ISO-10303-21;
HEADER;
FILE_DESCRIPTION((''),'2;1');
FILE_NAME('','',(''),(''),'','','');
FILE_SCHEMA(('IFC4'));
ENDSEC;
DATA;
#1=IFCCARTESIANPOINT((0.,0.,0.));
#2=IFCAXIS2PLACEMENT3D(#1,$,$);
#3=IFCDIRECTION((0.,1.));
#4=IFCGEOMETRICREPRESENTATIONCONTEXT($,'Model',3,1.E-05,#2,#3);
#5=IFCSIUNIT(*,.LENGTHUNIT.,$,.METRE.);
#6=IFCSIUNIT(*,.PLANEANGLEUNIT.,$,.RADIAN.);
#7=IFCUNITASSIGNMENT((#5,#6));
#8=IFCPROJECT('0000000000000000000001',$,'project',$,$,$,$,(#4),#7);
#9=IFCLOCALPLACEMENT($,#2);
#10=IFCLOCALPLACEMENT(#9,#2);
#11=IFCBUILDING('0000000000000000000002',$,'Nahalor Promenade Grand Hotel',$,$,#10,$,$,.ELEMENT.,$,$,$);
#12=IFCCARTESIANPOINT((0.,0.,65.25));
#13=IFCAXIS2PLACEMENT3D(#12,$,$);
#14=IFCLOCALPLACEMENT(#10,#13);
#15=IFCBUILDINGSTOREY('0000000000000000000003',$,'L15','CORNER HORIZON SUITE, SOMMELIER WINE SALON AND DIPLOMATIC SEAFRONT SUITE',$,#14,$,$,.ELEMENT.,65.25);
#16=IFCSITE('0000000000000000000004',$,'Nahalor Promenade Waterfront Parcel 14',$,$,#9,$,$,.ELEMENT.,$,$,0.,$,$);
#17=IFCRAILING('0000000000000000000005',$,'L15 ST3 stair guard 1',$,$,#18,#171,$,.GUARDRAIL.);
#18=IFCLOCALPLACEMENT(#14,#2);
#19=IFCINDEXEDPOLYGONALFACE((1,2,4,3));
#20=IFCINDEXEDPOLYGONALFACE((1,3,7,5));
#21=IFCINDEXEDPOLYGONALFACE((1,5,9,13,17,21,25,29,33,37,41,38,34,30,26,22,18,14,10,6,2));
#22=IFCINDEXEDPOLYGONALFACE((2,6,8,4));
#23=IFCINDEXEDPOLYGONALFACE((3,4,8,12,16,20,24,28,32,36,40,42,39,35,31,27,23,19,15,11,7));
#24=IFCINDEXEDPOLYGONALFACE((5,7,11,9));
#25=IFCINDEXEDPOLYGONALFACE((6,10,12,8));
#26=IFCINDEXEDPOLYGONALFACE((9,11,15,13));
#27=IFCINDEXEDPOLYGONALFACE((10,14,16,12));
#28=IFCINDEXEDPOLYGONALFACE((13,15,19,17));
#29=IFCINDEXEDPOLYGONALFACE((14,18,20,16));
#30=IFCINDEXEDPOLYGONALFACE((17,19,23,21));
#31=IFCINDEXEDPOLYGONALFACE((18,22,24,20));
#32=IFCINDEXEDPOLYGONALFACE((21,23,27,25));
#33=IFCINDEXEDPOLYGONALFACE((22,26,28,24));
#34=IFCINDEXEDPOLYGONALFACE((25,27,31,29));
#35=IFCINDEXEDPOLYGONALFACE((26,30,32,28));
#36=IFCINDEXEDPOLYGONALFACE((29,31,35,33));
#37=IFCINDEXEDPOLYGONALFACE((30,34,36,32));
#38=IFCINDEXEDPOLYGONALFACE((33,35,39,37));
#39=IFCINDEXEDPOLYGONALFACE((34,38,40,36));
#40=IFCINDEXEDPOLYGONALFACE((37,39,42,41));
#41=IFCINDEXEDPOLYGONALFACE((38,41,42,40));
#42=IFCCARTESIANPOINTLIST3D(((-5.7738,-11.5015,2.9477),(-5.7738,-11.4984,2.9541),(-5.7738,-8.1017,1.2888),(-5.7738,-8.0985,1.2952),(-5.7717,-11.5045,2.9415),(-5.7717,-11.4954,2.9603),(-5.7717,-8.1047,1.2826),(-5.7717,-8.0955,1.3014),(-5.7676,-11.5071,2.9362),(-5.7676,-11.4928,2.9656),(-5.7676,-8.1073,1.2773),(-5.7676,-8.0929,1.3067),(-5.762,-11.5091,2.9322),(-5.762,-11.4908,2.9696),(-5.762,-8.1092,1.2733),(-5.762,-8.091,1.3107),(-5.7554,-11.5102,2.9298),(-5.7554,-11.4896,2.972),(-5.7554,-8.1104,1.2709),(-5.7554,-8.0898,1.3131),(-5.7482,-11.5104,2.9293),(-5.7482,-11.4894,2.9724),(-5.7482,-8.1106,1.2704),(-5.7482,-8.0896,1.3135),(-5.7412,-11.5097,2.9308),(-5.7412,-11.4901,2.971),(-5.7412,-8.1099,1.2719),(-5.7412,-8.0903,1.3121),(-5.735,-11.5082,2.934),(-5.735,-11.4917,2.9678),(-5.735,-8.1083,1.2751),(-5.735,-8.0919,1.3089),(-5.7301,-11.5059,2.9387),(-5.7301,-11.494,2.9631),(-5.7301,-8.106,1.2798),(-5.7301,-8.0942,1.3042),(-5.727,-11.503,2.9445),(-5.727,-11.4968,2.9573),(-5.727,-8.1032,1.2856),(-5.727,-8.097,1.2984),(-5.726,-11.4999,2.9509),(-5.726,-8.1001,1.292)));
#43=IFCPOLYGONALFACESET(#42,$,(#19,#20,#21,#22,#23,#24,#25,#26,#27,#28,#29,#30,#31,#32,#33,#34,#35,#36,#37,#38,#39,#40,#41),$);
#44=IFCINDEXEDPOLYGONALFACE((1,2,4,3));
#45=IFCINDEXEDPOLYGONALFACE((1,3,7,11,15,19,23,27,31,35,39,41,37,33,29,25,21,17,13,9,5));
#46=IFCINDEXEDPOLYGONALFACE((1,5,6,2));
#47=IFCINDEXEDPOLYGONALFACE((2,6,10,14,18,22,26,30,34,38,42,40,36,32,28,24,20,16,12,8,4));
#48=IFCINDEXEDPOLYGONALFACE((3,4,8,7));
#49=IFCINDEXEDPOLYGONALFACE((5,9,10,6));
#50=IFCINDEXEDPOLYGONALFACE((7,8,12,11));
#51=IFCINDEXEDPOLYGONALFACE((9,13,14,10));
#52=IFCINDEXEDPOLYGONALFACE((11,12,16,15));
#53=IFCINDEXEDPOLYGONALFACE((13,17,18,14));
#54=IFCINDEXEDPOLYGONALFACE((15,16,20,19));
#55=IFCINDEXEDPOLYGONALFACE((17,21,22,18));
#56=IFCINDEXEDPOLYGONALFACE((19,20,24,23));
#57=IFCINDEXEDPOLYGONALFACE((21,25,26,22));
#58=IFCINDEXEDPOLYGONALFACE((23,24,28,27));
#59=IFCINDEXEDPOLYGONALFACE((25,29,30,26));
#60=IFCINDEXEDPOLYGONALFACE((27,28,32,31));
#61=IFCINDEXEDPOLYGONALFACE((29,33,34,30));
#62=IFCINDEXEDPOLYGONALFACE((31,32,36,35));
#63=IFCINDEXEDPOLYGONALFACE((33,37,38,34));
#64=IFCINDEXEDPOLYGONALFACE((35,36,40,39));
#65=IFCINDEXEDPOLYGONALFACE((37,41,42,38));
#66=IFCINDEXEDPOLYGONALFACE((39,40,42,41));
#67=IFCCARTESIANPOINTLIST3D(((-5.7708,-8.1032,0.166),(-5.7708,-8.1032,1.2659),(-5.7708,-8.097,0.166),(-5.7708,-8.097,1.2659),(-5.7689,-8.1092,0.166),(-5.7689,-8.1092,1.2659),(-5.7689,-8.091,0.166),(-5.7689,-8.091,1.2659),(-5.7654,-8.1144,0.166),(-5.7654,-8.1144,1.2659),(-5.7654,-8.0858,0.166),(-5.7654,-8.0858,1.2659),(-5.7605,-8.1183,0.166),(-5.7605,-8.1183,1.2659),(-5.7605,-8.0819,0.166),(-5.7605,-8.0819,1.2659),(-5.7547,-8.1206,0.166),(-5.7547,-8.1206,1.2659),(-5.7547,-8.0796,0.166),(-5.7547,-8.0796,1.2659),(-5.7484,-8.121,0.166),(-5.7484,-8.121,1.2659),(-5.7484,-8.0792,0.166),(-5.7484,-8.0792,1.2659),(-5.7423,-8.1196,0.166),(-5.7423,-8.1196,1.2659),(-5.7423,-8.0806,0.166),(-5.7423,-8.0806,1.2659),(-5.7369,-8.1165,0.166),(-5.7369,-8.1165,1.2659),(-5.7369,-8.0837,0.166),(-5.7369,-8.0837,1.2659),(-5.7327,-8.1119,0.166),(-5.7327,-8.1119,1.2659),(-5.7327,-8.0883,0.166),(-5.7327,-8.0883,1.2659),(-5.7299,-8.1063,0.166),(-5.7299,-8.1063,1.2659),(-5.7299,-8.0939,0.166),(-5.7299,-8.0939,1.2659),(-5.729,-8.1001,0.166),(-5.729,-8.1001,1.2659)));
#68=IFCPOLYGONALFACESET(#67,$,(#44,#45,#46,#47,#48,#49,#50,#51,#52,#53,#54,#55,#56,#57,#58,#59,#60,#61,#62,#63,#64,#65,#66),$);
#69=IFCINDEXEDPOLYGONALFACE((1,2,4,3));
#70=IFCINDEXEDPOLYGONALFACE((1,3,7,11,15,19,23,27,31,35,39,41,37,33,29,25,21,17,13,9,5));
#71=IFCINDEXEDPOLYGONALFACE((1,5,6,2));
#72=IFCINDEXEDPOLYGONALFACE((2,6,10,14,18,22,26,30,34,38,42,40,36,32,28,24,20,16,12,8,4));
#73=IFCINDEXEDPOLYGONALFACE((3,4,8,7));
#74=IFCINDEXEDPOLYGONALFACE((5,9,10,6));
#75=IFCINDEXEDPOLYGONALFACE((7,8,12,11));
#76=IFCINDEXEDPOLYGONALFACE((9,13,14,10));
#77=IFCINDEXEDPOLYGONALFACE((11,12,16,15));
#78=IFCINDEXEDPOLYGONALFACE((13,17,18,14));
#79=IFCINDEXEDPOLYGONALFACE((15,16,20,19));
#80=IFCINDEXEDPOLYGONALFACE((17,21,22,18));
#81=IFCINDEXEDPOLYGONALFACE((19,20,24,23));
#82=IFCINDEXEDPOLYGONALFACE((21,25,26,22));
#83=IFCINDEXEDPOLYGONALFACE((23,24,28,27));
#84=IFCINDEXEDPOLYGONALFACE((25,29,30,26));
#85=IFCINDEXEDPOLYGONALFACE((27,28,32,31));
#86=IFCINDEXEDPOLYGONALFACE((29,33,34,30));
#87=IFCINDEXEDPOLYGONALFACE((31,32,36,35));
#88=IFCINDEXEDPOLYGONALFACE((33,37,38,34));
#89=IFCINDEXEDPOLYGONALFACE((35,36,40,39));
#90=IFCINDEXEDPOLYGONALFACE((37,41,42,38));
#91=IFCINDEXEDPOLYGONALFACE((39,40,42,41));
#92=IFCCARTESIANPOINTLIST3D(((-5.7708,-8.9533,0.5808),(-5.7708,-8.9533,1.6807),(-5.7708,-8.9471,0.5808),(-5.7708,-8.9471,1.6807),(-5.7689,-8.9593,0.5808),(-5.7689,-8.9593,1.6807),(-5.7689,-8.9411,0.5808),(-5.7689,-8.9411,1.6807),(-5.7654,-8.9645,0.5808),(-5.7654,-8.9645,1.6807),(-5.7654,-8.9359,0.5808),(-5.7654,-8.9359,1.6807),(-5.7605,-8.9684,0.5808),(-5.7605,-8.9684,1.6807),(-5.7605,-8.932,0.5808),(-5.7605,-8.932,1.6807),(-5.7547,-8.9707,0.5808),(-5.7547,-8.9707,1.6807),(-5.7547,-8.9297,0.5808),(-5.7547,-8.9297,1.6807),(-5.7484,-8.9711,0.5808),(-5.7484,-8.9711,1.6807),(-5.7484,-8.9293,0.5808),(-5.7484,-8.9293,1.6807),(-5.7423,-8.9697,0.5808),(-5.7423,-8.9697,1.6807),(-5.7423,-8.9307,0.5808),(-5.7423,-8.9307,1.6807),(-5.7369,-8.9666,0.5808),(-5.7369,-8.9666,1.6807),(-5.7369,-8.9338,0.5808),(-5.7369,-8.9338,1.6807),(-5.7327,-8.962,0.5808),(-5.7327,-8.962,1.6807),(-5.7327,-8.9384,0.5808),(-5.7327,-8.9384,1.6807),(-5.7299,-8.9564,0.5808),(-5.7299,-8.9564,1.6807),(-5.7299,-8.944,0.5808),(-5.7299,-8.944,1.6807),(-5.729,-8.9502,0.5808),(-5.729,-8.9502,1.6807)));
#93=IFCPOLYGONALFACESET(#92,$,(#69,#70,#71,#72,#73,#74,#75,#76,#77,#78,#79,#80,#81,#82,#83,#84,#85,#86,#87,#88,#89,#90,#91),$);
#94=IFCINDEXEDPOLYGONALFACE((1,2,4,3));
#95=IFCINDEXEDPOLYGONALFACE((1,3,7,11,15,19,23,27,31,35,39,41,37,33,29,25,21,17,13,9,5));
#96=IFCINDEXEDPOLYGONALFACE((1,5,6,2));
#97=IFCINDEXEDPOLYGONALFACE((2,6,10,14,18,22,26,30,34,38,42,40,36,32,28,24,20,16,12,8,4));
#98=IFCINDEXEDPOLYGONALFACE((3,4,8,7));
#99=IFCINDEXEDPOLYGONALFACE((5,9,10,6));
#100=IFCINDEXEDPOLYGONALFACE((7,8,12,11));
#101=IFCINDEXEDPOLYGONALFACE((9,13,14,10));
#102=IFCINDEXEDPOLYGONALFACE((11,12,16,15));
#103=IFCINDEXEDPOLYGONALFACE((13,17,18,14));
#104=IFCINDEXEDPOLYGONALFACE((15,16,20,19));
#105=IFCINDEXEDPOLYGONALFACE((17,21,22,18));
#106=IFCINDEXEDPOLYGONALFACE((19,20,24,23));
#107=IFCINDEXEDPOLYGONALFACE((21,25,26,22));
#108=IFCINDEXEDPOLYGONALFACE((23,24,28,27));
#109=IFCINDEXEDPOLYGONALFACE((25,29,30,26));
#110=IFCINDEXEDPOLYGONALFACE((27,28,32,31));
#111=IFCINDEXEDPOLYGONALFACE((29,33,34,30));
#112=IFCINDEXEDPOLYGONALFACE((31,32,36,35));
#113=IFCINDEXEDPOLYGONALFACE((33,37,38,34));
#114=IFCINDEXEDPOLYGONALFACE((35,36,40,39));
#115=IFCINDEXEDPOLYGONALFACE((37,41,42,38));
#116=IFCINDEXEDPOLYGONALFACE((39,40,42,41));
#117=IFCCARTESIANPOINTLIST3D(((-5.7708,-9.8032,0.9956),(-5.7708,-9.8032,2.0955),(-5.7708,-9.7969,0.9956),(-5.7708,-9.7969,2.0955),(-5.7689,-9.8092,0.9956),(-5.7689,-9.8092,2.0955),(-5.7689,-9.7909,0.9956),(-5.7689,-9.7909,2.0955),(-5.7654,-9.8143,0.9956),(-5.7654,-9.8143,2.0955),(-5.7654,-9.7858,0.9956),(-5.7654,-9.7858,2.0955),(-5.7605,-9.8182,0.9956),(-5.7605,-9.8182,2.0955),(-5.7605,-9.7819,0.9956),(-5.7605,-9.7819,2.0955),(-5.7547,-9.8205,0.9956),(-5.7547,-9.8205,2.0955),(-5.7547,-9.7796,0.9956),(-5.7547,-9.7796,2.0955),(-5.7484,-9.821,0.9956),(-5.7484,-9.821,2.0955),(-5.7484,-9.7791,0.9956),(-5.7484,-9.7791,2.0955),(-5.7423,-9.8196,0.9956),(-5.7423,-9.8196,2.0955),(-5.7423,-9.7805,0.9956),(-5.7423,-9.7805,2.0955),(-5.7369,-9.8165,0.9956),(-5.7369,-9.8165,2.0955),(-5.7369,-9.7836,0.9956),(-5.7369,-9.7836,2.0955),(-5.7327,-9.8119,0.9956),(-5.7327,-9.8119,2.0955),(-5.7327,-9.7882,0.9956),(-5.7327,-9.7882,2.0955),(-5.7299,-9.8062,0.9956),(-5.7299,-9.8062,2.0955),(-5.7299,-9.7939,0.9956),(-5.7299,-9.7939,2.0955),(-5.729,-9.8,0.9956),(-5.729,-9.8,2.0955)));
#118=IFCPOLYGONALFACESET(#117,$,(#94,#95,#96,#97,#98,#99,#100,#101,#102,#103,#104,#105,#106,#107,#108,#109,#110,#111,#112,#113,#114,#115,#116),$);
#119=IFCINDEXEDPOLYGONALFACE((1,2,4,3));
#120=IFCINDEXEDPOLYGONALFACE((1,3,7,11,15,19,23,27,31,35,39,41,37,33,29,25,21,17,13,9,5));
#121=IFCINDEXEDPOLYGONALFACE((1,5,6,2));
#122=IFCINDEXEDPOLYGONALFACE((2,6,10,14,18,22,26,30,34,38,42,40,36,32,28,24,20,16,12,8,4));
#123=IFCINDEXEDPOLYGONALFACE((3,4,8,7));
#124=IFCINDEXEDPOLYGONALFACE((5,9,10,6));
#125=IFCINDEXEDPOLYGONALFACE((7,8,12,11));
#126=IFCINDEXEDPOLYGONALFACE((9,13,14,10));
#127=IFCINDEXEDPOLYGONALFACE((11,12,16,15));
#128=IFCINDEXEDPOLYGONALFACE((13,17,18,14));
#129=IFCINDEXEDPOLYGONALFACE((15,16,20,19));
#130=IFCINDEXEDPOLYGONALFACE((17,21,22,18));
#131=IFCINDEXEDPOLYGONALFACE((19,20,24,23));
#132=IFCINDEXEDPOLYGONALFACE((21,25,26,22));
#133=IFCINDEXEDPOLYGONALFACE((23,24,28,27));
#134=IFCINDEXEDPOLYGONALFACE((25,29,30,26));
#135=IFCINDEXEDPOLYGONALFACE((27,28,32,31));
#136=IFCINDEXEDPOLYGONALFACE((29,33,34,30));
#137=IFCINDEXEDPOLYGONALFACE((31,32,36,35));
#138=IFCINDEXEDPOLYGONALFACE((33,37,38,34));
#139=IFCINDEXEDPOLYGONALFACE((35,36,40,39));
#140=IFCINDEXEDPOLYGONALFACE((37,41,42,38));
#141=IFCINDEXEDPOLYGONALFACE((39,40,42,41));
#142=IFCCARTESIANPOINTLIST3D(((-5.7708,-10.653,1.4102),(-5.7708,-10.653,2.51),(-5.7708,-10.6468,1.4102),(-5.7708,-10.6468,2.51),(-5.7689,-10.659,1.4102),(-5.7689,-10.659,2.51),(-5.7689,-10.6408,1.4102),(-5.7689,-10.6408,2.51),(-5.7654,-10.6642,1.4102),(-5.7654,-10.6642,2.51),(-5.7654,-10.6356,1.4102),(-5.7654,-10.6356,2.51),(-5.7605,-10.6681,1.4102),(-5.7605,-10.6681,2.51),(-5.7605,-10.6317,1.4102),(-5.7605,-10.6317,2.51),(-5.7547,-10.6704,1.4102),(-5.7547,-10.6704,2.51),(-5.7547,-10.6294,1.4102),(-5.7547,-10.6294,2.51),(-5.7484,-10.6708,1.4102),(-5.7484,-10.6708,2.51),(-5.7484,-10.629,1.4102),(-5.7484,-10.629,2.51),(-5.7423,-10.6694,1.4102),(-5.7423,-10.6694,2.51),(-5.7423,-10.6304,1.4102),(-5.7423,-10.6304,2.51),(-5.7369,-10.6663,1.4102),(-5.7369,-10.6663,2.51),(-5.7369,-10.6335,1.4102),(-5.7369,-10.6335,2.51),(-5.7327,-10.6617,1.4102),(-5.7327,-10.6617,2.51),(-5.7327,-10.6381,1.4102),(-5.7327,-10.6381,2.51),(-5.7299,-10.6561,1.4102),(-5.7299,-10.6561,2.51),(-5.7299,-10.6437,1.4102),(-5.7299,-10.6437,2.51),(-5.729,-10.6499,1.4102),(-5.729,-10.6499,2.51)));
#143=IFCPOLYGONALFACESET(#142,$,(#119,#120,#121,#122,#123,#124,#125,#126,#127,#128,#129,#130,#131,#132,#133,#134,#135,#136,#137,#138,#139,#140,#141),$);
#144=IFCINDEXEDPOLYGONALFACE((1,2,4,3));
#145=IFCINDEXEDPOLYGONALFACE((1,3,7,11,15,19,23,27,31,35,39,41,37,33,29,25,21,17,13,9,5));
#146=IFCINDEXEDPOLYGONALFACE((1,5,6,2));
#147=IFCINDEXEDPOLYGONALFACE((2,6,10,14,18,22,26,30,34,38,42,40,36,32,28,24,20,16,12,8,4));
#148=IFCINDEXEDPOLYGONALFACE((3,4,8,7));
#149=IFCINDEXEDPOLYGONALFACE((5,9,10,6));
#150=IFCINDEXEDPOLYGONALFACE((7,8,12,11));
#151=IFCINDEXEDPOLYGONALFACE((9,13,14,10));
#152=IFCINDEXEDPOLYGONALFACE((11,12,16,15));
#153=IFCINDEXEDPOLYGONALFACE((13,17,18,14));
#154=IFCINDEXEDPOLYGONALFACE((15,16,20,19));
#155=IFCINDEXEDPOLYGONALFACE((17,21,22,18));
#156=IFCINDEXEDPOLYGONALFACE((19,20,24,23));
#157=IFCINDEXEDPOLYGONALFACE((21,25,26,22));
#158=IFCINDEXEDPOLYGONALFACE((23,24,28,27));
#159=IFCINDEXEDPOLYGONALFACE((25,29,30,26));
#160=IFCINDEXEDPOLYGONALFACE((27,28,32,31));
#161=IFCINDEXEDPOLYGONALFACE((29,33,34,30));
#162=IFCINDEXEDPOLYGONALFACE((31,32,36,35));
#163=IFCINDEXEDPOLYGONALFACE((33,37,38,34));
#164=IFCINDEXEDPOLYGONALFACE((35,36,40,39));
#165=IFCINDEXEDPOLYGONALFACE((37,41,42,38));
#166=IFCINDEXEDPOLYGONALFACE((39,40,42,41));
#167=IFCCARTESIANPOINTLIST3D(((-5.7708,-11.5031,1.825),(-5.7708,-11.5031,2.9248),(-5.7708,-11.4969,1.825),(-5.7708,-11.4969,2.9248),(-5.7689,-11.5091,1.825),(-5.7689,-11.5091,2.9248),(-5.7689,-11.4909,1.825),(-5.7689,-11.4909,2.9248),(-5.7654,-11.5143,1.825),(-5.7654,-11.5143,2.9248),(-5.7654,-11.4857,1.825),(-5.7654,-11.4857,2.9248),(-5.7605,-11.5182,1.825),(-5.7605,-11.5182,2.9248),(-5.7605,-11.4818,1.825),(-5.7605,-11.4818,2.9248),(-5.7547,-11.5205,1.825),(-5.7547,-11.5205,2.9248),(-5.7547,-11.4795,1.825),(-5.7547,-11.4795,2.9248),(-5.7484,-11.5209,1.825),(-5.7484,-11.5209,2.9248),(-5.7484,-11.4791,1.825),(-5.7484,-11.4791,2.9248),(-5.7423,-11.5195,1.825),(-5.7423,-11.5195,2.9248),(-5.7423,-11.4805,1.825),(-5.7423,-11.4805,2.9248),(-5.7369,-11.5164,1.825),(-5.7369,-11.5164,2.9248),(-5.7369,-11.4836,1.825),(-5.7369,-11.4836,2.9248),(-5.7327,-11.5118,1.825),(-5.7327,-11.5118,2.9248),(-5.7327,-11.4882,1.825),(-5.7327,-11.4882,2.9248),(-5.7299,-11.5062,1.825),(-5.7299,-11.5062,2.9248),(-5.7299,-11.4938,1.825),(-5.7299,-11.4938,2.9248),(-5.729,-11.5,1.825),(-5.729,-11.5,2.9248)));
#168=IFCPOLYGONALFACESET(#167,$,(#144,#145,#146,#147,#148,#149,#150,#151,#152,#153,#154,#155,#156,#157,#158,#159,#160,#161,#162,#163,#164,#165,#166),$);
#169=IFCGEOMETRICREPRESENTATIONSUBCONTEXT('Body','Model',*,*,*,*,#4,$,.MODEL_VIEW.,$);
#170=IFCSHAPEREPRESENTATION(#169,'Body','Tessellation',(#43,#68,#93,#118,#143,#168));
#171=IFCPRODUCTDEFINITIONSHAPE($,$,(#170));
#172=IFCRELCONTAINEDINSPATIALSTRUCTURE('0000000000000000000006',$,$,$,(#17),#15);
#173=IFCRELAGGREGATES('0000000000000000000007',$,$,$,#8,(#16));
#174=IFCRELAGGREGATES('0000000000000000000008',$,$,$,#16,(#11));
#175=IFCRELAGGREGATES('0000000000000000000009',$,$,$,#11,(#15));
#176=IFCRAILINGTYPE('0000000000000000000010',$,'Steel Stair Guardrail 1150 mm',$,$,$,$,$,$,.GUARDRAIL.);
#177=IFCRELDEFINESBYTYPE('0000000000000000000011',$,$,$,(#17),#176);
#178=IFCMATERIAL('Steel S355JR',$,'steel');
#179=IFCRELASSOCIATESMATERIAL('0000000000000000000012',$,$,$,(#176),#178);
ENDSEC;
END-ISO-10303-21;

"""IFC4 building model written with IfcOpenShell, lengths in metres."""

from ifc_helpers import new_model, si_unit, direction, frame, origin, origin_2d, place, context, subcontext, project, spatial, circle, extrude, material, type_object, element, save


model = new_model("IFC4")

# Units and contexts
model_context = context("Model", 3, precision=1e-05, world=origin(), true_north=direction((0.0, 1.0)))
body_context = subcontext(model_context, "Body", "Model", "MODEL_VIEW")
ifc_project = project(units=[si_unit("LENGTHUNIT", "METRE"), si_unit("PLANEANGLEUNIT", "RADIAN")], contexts=[model_context])

# Site, building, storey
site_placement = place(None, origin())
site = spatial("IfcSite", under=ifc_project, at=site_placement, Name="Nahalor Promenade Waterfront Parcel 14", CompositionType="ELEMENT", RefElevation=0.0)
building_placement = place(site_placement, origin())
building = spatial("IfcBuilding", under=site, at=building_placement, Name="Nahalor Promenade Grand Hotel", CompositionType="ELEMENT")
storey_placement = place(building_placement, frame((0.0, 0.0, 65.25)))
storey = spatial("IfcBuildingStorey", under=building, at=storey_placement, Name="L15", Description="CORNER HORIZON SUITE, SOMMELIER WINE SALON AND DIPLOMATIC SEAFRONT SUITE", CompositionType="ELEMENT", Elevation=65.25)

# Shared definitions
ifc_material_1 = material(Name="Steel S355JR", Category="steel")

# Railing
railing_type_1 = type_object("IfcRailingType", Name="Steel Stair Guardrail 1150 mm", PredefinedType="GUARDRAIL", material=ifc_material_1)
railing_1_placement = place(storey_placement, frame((-5.75, -8.1001, 0.166)))
element("IfcRailing", 1, at=railing_1_placement, inside=storey, type_object=railing_type_1, Name="L15 ST3 stair guard 1", PredefinedType="GUARDRAIL", context=body_context, shape_type="SweptSolid", body=[
    extrude(circle(Radius=0.024, at=origin_2d()), frame((0.0, 0.0, 1.126), z_axis=(0.0, -0.898722, 0.438519), x_axis=(1.0, 0.0, 0.0)), (0.0, 0.0, 1.0), 3.783),
    extrude(circle(Radius=0.021, at=origin_2d()), origin(), (0.0, 0.0, 1.0), 1.0999),
    extrude(circle(Radius=0.021, at=origin_2d()), frame((0.0, -0.8501, 0.4148)), (0.0, 0.0, 1.0), 1.0999),
    extrude(circle(Radius=0.021, at=origin_2d()), frame((0.0, -1.7, 0.8296)), (0.0, 0.0, 1.0), 1.0999),
    extrude(circle(Radius=0.021, at=origin_2d()), frame((0.0, -2.5498, 1.2441)), (0.0, 0.0, 1.0), 1.0999),
    extrude(circle(Radius=0.021, at=origin_2d()), frame((0.0, -3.3999, 1.6589)), (0.0, 0.0, 1.0), 1.0999),
])

save(model, "model.ifc")
